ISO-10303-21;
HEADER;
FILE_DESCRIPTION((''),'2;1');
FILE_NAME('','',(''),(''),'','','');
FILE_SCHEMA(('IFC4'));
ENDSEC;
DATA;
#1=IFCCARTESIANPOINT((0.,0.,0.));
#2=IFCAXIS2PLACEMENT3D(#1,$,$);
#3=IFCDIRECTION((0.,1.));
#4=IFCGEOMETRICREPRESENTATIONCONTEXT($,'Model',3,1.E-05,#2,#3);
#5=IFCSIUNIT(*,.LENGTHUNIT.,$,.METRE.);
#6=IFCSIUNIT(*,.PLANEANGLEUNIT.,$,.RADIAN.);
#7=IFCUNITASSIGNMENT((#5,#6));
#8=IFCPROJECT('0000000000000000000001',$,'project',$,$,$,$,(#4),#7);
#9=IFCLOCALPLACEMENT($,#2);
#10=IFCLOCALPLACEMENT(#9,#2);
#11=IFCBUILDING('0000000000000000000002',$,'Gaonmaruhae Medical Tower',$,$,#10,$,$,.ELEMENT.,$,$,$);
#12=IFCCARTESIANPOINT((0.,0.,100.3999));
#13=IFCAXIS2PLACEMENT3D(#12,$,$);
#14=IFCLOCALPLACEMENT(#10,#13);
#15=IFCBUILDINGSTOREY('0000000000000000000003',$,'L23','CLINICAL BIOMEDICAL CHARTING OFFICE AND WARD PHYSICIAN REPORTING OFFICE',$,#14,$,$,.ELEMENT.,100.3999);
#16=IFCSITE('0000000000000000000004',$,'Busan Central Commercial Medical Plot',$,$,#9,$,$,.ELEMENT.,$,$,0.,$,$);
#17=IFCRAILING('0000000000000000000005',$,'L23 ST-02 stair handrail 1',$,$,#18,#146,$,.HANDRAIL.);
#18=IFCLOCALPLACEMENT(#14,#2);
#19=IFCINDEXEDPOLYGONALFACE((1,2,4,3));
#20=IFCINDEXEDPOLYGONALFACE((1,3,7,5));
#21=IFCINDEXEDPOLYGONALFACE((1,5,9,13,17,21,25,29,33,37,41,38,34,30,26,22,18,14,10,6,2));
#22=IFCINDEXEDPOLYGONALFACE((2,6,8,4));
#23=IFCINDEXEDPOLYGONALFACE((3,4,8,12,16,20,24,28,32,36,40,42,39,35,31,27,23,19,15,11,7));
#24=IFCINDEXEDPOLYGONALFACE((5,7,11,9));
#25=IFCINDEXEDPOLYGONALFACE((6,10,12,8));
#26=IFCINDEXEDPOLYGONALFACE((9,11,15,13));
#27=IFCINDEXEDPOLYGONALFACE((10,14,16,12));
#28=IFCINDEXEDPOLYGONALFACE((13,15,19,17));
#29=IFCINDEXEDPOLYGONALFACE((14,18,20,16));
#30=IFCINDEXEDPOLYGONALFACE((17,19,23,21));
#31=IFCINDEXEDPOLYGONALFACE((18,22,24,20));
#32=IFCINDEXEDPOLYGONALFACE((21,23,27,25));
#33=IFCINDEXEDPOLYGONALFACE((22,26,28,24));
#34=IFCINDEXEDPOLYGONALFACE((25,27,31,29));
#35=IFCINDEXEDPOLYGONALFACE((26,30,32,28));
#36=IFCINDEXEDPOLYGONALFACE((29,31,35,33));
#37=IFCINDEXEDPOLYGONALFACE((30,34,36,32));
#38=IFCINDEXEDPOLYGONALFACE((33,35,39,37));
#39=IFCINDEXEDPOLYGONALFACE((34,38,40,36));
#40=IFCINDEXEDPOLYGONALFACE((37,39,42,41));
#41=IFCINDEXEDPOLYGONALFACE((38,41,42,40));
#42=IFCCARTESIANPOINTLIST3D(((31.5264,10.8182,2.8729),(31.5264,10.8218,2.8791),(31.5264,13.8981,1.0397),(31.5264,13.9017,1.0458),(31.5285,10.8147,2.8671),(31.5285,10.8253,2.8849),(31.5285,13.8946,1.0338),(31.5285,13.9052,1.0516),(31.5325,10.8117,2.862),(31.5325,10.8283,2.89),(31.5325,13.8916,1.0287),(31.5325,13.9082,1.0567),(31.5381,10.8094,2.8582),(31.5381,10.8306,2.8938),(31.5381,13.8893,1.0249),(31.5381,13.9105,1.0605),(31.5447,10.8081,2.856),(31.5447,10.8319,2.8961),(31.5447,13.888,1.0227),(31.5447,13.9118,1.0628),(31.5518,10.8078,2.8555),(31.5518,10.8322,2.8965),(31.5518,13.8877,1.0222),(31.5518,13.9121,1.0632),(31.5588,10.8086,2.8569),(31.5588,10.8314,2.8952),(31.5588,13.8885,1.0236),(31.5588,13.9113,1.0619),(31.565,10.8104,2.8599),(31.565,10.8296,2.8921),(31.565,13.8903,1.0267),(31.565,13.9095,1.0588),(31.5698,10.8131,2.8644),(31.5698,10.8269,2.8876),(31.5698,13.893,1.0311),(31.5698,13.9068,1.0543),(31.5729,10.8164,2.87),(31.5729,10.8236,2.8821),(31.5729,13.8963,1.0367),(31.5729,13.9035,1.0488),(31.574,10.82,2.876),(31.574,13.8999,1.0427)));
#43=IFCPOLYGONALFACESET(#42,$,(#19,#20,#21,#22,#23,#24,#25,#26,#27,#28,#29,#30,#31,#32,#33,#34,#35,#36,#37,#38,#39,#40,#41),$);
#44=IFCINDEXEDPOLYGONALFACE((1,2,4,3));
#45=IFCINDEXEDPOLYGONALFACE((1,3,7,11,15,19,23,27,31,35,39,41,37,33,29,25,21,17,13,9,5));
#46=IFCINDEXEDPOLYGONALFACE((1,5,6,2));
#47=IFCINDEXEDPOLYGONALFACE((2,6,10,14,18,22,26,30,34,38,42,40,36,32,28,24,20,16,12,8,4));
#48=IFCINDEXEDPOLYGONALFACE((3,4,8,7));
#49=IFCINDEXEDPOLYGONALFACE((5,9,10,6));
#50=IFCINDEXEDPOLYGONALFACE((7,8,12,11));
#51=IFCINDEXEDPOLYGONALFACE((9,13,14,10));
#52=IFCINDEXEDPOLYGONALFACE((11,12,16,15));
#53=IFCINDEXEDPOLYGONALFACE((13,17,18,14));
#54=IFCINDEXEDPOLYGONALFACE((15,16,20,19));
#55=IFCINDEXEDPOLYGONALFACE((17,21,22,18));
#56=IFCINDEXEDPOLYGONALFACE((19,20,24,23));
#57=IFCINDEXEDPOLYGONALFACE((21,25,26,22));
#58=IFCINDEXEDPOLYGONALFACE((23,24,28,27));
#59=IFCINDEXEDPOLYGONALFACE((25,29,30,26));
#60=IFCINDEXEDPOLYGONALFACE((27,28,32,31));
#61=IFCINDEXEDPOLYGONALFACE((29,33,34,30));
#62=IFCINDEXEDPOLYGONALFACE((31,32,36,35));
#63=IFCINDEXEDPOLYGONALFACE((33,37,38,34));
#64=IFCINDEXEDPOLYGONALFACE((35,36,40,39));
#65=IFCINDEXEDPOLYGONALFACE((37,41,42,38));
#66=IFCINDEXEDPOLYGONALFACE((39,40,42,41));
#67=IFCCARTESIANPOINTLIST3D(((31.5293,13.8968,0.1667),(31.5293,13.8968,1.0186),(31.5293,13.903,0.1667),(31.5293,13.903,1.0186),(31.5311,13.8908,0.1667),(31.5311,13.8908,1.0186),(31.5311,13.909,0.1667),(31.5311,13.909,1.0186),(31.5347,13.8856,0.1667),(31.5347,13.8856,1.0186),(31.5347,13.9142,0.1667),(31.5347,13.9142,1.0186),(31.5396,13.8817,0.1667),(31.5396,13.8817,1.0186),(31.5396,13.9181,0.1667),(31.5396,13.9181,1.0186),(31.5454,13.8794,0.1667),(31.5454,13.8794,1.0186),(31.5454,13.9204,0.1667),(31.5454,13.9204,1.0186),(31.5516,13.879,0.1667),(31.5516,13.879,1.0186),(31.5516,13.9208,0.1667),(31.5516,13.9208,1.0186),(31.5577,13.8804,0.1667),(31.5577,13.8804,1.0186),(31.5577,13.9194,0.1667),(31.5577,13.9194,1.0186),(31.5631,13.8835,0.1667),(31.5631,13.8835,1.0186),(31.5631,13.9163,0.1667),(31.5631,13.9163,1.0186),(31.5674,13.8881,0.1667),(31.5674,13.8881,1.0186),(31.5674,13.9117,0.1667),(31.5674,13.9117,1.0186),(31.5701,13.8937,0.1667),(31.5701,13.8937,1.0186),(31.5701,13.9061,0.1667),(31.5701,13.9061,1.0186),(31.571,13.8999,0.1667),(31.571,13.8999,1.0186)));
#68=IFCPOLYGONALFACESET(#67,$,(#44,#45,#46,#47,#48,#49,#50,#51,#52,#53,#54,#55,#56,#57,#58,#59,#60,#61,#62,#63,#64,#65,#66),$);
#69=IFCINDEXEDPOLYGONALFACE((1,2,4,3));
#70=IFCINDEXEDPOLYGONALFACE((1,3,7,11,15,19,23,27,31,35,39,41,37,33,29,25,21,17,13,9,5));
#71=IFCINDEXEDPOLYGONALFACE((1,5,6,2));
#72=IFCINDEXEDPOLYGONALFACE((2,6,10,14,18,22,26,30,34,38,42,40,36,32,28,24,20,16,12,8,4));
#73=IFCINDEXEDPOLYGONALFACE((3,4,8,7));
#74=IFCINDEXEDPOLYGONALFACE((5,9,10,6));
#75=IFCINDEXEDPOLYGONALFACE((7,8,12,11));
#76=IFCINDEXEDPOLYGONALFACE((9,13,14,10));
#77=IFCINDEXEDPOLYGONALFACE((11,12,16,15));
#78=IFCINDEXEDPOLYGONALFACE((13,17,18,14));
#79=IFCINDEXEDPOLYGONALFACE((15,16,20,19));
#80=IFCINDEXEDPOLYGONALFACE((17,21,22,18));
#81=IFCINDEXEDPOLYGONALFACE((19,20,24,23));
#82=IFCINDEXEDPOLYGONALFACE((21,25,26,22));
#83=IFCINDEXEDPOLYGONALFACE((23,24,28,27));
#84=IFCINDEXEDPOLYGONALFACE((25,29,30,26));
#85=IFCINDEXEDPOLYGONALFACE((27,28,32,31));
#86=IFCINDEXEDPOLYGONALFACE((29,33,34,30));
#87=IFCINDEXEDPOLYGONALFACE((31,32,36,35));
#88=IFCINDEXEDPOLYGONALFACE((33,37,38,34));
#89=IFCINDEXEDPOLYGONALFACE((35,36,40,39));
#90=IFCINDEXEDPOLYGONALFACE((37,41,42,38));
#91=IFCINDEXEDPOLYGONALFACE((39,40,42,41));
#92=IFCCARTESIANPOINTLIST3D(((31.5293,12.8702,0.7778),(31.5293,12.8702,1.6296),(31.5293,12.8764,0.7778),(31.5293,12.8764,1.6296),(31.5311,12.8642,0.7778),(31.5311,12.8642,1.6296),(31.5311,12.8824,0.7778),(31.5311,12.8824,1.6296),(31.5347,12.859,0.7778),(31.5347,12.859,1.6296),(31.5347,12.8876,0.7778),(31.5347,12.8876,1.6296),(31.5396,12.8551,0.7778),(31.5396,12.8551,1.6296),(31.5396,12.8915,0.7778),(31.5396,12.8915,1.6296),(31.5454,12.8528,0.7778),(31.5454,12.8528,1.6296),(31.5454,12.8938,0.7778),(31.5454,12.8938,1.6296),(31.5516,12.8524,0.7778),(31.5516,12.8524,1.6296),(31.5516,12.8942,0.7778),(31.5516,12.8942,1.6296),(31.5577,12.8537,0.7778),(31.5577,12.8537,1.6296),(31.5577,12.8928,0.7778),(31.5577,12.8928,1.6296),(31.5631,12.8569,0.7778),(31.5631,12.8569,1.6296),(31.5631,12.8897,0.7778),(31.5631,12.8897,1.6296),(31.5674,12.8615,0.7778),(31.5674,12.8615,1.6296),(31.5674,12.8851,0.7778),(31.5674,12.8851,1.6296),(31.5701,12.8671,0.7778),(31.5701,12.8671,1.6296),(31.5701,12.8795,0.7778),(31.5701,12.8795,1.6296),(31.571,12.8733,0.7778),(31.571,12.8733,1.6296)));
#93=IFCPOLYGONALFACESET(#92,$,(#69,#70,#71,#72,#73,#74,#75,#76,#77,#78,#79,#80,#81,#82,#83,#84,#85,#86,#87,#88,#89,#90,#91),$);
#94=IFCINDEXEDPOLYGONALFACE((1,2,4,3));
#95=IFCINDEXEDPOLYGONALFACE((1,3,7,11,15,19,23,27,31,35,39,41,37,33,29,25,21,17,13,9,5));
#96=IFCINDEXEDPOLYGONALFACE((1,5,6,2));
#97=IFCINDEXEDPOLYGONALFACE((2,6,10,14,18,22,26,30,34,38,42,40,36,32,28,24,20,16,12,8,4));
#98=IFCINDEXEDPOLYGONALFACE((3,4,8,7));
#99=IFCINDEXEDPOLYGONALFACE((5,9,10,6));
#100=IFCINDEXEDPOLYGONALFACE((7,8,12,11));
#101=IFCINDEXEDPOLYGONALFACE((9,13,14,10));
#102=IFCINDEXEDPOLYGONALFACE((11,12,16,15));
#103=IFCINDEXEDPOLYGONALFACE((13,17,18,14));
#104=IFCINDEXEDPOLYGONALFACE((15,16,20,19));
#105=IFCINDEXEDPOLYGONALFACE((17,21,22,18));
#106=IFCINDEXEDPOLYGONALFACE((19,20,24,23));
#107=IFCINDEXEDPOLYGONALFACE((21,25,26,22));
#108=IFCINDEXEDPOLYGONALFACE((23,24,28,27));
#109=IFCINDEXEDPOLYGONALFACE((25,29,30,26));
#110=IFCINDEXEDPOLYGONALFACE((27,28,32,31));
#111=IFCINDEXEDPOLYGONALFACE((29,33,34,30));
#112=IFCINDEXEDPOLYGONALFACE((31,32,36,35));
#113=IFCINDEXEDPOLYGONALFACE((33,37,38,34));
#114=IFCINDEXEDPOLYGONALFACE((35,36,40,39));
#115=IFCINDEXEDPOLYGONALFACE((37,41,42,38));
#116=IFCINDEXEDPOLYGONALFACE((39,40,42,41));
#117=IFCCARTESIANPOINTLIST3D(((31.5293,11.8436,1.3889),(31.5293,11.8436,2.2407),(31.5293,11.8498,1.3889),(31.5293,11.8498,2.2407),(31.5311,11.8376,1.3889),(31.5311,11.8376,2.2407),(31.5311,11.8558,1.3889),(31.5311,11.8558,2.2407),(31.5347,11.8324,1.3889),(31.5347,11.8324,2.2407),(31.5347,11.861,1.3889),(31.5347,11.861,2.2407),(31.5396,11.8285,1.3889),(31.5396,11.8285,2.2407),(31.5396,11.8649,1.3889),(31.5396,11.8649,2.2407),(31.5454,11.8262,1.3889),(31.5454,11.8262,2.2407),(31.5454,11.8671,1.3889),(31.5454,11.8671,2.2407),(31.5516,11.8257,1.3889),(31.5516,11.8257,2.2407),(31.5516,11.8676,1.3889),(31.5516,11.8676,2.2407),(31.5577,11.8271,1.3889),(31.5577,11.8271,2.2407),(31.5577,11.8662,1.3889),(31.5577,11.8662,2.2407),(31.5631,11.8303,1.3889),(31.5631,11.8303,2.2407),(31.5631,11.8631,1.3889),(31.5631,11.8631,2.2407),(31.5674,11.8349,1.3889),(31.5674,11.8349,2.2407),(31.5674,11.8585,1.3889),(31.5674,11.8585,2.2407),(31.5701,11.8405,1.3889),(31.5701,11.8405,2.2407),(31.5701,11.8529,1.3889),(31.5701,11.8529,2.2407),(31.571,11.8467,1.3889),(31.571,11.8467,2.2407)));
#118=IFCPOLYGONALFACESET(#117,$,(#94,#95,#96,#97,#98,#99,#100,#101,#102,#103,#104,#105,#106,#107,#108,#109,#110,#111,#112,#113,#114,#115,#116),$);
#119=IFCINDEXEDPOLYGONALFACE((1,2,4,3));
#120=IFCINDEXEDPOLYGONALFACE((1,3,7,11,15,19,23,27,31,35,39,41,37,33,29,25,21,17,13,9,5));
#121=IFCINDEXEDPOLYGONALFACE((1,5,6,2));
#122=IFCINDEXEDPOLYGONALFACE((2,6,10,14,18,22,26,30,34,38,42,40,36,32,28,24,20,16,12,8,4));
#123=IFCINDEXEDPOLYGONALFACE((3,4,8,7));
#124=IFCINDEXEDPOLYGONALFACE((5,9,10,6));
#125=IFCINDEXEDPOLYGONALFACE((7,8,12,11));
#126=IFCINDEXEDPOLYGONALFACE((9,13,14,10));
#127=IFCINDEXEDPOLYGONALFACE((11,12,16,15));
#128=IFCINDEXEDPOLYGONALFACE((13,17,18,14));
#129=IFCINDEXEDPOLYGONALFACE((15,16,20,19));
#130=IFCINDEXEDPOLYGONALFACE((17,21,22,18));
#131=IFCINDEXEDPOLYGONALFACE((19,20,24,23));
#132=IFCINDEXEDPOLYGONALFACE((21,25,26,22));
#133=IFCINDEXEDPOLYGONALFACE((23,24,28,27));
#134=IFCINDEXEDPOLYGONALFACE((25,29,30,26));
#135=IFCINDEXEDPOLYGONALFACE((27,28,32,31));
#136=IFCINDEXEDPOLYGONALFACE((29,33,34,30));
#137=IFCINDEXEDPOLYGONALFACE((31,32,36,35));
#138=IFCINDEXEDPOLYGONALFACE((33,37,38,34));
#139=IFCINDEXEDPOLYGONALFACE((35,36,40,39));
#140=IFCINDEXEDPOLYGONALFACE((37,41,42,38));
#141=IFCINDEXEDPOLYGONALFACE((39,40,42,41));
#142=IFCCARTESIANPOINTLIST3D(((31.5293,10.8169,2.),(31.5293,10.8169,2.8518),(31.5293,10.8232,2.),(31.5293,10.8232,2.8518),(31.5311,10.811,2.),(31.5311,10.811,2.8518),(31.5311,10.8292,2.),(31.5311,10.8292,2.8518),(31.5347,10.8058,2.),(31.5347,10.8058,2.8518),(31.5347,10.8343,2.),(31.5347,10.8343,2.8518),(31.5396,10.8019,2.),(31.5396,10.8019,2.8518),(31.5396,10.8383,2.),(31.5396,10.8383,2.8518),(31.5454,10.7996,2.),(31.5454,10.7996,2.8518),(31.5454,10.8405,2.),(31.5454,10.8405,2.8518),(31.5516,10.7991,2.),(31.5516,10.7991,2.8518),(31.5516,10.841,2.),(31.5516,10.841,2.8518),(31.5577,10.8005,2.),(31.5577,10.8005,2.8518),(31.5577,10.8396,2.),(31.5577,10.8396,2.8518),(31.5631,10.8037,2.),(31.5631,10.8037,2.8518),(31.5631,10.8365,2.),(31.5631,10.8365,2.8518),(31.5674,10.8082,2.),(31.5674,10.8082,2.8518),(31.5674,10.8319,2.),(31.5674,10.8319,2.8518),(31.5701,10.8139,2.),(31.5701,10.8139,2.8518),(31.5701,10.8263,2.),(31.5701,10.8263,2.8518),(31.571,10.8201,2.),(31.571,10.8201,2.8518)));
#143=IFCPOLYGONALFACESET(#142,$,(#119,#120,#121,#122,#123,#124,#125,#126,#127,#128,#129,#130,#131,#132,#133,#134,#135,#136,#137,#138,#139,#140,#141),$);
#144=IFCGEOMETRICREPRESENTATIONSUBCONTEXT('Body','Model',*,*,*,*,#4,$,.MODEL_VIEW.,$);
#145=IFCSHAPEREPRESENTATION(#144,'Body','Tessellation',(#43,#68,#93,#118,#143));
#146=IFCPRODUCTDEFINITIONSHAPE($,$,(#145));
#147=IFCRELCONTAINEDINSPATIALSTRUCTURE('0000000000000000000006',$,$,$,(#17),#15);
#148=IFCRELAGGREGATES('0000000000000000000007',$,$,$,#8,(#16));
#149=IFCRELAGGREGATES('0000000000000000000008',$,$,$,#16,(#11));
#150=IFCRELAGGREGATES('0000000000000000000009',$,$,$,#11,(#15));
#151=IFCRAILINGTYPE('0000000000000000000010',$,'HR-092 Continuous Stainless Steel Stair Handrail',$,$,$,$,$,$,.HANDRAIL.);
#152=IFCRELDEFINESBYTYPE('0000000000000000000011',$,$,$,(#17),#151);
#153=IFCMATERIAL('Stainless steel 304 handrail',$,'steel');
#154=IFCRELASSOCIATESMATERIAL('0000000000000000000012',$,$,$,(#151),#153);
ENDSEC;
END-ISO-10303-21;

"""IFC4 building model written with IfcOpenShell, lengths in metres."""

from ifc_helpers import new_model, si_unit, direction, frame, origin, origin_2d, place, context, subcontext, project, spatial, circle, extrude, material, type_object, element, save


model = new_model("IFC4")

# Units and contexts
model_context = context("Model", 3, precision=1e-05, world=origin(), true_north=direction((0.0, 1.0)))
body_context = subcontext(model_context, "Body", "Model", "MODEL_VIEW")
ifc_project = project(units=[si_unit("LENGTHUNIT", "METRE"), si_unit("PLANEANGLEUNIT", "RADIAN")], contexts=[model_context])

# Site, building, storey
site_placement = place(None, origin())
site = spatial("IfcSite", under=ifc_project, at=site_placement, Name="Busan Central Commercial Medical Plot", CompositionType="ELEMENT", RefElevation=0.0)
building_placement = place(site_placement, origin())
building = spatial("IfcBuilding", under=site, at=building_placement, Name="Gaonmaruhae Medical Tower", CompositionType="ELEMENT")
storey_placement = place(building_placement, frame((0.0, 0.0, 100.3999)))
storey = spatial("IfcBuildingStorey", under=building, at=storey_placement, Name="L23", Description="CLINICAL BIOMEDICAL CHARTING OFFICE AND WARD PHYSICIAN REPORTING OFFICE", CompositionType="ELEMENT", Elevation=100.3999)

# Railing
ifc_material_1 = material(Name="Stainless steel 304 handrail", Category="steel")
railing_type_1 = type_object("IfcRailingType", Name="HR-092 Continuous Stainless Steel Stair Handrail", PredefinedType="HANDRAIL", material=ifc_material_1)
railing_1_placement = place(storey_placement, frame((31.55, 13.8999, 0.1667)))
element("IfcRailing", 1, at=railing_1_placement, inside=storey, type_object=railing_type_1, Name="L23 ST-02 stair handrail 1", PredefinedType="HANDRAIL", context=body_context, shape_type="SweptSolid", body=[
    extrude(circle(Radius=0.0239, at=origin_2d()), frame((0.0, 0.0, 0.876), z_axis=(0.0, -0.859291, 0.511487), x_axis=(1.0, 0.0, 0.0)), (0.0, 0.0, 1.0), 3.5842),
    extrude(circle(Radius=0.021, at=origin_2d()), origin(), (0.0, 0.0, 1.0), 0.8518),
    extrude(circle(Radius=0.021, at=origin_2d()), frame((0.0, -1.0266, 0.6111)), (0.0, 0.0, 1.0), 0.8518),
    extrude(circle(Radius=0.021, at=origin_2d()), frame((0.0, -2.0532, 1.2222)), (0.0, 0.0, 1.0), 0.8518),
    extrude(circle(Radius=0.021, at=origin_2d()), frame((0.0, -3.0798, 1.8333)), (0.0, 0.0, 1.0), 0.8518),
])

save(model, "model.ifc")
